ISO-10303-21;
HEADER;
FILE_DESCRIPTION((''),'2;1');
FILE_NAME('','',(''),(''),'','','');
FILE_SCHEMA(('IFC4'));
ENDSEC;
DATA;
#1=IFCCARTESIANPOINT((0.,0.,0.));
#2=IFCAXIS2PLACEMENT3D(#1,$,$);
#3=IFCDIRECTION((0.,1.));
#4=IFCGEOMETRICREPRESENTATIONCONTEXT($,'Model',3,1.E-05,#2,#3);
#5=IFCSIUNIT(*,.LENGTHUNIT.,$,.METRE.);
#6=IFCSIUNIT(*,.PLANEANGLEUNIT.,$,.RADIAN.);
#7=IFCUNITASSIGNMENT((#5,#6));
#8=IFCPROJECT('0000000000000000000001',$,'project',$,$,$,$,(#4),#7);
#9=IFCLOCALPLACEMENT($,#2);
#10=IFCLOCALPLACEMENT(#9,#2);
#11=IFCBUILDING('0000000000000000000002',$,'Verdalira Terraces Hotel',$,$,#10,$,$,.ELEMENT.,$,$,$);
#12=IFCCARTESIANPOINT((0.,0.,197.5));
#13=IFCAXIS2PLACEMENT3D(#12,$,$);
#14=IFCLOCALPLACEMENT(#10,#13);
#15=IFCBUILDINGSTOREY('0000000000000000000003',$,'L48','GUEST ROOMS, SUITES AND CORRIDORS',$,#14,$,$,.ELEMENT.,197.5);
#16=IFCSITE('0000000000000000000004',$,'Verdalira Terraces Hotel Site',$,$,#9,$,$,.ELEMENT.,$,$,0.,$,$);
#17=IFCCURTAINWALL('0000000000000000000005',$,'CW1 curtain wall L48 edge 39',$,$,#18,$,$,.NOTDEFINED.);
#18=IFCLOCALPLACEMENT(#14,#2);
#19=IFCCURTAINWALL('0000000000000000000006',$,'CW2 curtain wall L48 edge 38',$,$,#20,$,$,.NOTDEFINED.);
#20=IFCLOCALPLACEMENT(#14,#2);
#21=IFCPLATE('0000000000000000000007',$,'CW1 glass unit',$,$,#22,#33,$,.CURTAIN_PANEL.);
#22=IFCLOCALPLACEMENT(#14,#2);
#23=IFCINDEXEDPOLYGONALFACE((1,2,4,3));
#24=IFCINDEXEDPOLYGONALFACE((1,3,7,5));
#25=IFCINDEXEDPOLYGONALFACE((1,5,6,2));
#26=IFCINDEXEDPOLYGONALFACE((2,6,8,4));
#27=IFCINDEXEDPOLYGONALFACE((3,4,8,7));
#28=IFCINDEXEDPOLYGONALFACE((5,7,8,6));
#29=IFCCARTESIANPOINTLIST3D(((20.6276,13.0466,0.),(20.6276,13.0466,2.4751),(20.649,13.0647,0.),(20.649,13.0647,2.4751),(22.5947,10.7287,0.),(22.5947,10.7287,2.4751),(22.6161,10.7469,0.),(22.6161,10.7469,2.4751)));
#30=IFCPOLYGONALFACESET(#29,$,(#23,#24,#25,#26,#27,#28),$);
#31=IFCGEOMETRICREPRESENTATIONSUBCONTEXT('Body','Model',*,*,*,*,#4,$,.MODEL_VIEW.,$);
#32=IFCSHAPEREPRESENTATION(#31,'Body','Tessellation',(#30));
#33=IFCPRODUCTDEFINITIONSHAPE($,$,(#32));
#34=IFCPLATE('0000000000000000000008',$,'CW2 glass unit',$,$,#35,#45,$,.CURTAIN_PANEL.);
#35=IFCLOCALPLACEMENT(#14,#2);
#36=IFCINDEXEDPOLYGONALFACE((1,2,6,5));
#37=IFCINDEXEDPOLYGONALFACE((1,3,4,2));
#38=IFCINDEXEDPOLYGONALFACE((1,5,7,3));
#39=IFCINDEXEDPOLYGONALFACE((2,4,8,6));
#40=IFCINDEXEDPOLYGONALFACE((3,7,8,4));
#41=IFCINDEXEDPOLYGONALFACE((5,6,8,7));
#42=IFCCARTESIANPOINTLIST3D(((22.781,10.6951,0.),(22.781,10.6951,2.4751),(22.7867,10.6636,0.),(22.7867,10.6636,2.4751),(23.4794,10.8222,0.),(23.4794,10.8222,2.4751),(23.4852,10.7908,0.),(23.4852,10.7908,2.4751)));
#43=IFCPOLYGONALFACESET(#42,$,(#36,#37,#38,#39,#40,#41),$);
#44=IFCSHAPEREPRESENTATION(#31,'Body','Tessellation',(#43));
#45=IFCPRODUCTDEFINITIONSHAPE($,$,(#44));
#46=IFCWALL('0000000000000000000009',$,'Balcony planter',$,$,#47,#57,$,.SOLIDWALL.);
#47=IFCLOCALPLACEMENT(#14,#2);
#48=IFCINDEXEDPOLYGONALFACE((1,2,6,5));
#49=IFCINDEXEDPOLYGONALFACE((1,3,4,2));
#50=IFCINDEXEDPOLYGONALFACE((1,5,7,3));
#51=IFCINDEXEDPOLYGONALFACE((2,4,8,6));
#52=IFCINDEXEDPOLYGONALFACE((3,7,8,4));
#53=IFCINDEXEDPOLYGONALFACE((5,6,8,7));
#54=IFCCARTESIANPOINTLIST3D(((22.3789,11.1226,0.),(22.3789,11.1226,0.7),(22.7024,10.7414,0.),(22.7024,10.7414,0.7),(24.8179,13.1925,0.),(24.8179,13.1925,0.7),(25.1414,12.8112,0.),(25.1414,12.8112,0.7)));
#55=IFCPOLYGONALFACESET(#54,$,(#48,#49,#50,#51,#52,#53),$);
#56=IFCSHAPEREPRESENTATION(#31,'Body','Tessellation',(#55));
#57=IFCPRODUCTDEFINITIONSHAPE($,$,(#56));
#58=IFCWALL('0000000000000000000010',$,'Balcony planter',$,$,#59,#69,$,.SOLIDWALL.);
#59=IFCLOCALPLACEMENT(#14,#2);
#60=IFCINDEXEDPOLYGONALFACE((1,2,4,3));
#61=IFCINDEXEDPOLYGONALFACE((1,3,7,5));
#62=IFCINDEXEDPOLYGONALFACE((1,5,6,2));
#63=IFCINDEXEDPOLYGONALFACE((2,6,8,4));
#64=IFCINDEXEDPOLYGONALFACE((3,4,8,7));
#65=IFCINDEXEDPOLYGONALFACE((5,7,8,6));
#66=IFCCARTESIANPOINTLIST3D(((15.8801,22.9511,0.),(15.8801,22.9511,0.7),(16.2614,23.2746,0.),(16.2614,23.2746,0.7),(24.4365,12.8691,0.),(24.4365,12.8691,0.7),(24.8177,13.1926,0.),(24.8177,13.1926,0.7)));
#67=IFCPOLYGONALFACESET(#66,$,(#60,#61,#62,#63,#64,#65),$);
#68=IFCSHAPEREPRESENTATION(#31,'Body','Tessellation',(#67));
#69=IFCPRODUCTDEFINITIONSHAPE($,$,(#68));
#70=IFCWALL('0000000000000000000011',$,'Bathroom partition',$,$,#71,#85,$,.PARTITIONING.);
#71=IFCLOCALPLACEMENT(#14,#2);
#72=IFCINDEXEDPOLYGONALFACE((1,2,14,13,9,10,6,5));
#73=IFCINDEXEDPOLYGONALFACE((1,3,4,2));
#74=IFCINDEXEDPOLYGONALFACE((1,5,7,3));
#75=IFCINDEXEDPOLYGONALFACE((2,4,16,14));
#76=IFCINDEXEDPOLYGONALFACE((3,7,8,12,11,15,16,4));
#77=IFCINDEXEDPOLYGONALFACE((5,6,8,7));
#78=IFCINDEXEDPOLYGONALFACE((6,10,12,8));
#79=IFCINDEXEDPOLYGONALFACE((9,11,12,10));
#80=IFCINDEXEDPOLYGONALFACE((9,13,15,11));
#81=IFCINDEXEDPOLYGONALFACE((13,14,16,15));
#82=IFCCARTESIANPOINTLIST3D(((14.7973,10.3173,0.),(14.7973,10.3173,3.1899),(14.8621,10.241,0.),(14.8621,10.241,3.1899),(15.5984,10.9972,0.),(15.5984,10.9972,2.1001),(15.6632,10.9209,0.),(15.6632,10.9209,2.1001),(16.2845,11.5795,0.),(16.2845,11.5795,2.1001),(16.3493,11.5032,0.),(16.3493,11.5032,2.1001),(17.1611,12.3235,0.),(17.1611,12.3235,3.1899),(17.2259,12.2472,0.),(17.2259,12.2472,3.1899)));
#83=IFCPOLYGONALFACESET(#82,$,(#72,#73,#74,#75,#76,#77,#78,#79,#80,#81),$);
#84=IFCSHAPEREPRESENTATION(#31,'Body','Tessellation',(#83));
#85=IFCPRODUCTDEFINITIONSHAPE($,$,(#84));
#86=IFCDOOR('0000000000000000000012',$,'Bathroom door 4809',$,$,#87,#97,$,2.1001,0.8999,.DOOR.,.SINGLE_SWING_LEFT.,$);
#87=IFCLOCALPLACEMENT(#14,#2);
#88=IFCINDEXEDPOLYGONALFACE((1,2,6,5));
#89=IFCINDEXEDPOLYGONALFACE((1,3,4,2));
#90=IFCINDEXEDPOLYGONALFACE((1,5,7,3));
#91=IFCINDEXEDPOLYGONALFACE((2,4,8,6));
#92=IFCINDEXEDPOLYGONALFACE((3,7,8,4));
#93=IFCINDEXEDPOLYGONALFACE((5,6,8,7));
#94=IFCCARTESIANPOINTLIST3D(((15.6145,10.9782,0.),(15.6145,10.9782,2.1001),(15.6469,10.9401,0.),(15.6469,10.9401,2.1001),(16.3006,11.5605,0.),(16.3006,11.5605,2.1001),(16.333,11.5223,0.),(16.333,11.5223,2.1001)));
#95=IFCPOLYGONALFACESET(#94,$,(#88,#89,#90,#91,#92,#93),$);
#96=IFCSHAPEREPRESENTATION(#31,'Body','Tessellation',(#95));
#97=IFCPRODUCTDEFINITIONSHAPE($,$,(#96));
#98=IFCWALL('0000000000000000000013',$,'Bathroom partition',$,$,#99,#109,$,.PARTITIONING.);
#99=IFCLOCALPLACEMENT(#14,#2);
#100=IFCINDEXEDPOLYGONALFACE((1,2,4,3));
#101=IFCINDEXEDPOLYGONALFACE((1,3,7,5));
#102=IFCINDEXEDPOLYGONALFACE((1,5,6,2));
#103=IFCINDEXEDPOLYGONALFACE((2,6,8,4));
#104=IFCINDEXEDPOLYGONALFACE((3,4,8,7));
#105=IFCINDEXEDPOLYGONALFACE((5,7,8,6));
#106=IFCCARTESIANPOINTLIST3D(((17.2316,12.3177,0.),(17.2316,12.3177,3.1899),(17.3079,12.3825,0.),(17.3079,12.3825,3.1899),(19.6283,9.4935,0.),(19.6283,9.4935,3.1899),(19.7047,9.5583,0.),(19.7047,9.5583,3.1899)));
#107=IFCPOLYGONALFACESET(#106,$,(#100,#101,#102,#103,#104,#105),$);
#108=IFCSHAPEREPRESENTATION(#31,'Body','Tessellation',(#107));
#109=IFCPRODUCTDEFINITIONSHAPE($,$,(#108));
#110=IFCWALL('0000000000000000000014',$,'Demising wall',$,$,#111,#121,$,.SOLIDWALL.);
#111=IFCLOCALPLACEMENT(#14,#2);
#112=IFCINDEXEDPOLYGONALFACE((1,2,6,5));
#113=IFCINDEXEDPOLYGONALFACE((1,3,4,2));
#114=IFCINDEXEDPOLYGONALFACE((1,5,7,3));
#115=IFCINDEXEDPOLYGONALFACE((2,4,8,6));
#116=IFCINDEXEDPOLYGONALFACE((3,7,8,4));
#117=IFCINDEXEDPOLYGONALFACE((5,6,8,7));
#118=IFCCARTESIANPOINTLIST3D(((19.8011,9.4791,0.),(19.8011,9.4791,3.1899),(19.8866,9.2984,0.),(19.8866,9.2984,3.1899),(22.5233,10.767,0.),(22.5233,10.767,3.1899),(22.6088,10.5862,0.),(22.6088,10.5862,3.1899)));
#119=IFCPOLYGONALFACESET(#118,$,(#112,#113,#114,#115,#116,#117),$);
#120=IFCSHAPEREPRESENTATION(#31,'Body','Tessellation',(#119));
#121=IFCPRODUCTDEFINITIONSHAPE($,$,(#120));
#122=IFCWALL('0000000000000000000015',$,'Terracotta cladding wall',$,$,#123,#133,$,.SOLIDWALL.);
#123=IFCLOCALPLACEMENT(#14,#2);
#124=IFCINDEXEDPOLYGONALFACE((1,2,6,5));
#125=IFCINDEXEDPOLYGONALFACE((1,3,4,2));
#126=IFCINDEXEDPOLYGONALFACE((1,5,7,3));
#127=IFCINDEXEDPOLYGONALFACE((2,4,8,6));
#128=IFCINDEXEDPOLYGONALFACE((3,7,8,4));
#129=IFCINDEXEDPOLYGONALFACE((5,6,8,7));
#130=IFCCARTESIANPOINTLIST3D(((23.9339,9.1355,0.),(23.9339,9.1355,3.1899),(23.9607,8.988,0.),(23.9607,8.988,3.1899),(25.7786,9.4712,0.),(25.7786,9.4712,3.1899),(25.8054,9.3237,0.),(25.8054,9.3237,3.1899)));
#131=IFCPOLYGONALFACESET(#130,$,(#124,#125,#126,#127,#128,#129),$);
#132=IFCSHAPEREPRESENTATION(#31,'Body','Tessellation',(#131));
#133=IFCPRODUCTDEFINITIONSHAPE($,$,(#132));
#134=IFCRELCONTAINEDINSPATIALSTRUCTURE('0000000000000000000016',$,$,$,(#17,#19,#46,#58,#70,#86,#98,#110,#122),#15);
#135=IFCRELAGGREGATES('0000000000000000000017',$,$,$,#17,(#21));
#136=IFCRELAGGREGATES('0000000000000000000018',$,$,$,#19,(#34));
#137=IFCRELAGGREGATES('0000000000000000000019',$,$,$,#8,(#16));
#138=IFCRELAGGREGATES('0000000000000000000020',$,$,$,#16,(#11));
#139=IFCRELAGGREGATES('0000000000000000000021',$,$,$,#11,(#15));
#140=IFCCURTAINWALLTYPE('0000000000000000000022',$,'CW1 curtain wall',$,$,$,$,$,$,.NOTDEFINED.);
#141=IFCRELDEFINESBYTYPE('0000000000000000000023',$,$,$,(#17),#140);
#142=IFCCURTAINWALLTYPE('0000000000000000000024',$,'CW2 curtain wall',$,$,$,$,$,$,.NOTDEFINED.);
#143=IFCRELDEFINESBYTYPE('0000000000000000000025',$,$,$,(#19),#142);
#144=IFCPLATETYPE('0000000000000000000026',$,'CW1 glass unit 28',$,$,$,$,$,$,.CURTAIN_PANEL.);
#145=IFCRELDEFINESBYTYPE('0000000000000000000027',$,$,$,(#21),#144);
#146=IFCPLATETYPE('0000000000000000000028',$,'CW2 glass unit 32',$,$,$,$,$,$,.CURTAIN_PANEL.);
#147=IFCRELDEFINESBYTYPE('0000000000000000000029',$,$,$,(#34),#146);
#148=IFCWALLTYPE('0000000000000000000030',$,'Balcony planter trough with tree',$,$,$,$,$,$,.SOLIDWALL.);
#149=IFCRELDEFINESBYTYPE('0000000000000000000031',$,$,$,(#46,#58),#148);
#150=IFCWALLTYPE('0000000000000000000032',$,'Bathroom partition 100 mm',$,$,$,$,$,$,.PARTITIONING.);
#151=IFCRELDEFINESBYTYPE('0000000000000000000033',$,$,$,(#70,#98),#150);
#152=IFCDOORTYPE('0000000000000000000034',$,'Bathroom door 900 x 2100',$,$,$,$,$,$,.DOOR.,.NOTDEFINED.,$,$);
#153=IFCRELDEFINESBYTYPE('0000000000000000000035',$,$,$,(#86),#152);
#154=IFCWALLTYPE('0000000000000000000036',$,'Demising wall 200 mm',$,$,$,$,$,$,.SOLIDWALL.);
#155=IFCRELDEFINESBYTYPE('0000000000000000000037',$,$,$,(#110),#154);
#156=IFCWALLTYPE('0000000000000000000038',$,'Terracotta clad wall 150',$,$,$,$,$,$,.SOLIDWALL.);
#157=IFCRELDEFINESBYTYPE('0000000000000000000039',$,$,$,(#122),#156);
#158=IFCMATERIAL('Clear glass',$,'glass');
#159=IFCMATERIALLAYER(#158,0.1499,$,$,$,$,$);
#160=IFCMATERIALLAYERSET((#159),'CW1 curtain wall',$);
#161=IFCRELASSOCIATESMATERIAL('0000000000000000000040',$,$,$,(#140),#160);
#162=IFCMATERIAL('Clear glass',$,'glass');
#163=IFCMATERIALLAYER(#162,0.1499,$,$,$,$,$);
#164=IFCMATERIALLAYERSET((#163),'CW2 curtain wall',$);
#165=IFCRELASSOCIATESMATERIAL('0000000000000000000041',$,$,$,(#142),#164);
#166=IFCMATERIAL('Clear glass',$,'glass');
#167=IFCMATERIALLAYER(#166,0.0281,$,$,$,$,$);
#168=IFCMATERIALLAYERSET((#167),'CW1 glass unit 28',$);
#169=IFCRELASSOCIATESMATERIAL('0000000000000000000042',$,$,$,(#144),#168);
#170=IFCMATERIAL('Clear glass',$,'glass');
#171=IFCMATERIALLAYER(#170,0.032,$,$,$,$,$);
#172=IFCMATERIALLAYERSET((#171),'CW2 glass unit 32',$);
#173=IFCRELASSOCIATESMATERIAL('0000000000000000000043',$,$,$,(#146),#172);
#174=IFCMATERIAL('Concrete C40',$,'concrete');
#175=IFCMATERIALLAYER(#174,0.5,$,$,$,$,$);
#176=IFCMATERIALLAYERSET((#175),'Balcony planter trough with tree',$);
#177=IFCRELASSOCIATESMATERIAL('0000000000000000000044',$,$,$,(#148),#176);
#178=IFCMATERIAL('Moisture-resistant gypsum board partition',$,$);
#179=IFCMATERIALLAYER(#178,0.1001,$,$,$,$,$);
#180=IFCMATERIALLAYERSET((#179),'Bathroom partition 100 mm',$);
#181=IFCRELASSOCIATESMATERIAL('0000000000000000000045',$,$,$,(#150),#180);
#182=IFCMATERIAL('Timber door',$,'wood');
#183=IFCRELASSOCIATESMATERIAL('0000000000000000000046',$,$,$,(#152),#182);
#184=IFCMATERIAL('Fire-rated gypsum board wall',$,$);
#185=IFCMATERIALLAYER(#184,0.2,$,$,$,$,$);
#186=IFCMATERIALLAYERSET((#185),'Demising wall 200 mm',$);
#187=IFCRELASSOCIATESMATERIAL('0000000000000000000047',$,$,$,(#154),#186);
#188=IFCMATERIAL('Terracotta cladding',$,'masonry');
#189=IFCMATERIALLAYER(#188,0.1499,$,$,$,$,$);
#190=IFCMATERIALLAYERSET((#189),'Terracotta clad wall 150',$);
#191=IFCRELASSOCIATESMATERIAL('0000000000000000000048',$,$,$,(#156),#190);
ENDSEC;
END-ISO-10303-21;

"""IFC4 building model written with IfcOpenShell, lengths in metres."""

from ifc_helpers import new_model, si_unit, direction, frame, frame_2d, origin, origin_2d, place, context, subcontext, project, spatial, rectangle, extrude, material, layer, layer_set, type_object, element, fill, aggregate, save


model = new_model("IFC4")

# Units and contexts
model_context = context("Model", 3, precision=1e-05, world=origin(), true_north=direction((0.0, 1.0)))
body_context = subcontext(model_context, "Body", "Model", "MODEL_VIEW")
ifc_project = project(units=[si_unit("LENGTHUNIT", "METRE"), si_unit("PLANEANGLEUNIT", "RADIAN")], contexts=[model_context])

# Site, building, storey
site_placement = place(None, origin())
site = spatial("IfcSite", under=ifc_project, at=site_placement, Name="Verdalira Terraces Hotel Site", CompositionType="ELEMENT", RefElevation=0.0)
building_placement = place(site_placement, origin())
building = spatial("IfcBuilding", under=site, at=building_placement, Name="Verdalira Terraces Hotel", CompositionType="ELEMENT")
storey_placement = place(building_placement, frame((0.0, 0.0, 197.5)))
storey = spatial("IfcBuildingStorey", under=building, at=storey_placement, Name="L48", Description="GUEST ROOMS, SUITES AND CORRIDORS", CompositionType="ELEMENT", Elevation=197.5)

# Curtain walls
ifc_material_1 = material(Name="Clear glass", Category="glass")
ifc_layer_1 = layer(ifc_material_1, 0.1499)
ifc_layer_set_1 = layer_set([ifc_layer_1], Name="CW1 curtain wall")
curtain_wall_type_1 = type_object("IfcCurtainWallType", Name="CW1 curtain wall", PredefinedType="NOTDEFINED", material=ifc_layer_set_1)
curtain_wall_1_placement = place(storey_placement, origin())
curtain_wall_1 = element("IfcCurtainWall", 1, at=curtain_wall_1_placement, inside=storey, type_object=curtain_wall_type_1, Name="CW1 curtain wall L48 edge 39", PredefinedType="NOTDEFINED")
ifc_material_2 = material(Name="Clear glass", Category="glass")
ifc_layer_2 = layer(ifc_material_2, 0.1499)
ifc_layer_set_2 = layer_set([ifc_layer_2], Name="CW2 curtain wall")
curtain_wall_type_2 = type_object("IfcCurtainWallType", Name="CW2 curtain wall", PredefinedType="NOTDEFINED", material=ifc_layer_set_2)
curtain_wall_2_placement = place(storey_placement, origin())
curtain_wall_2 = element("IfcCurtainWall", 2, at=curtain_wall_2_placement, inside=storey, type_object=curtain_wall_type_2, Name="CW2 curtain wall L48 edge 38", PredefinedType="NOTDEFINED")

# Plates
ifc_material_3 = material(Name="Clear glass", Category="glass")
ifc_layer_3 = layer(ifc_material_3, 0.0281)
ifc_layer_set_3 = layer_set([ifc_layer_3], Name="CW1 glass unit 28")
plate_type_1 = type_object("IfcPlateType", Name="CW1 glass unit 28", PredefinedType="CURTAIN_PANEL", material=ifc_layer_set_3)
plate_1_placement = place(storey_placement, frame((21.6218, 11.8967, 0.0), z_axis=(0.0, 0.0, 1.0), x_axis=(-0.647056, 0.762443, 0.0)))
plate_1 = element("IfcPlate", 3, at=plate_1_placement, type_object=plate_type_1, Name="CW1 glass unit", PredefinedType="CURTAIN_PANEL", context=body_context, shape_type="SweptSolid", body=[
    extrude(rectangle(XDim=3.04, YDim=0.0281, at=origin_2d()), origin(), (0.0, 0.0, 1.0), 2.4751),
])
aggregate(curtain_wall_1, [plate_1])
ifc_material_4 = material(Name="Clear glass", Category="glass")
ifc_layer_4 = layer(ifc_material_4, 0.032)
ifc_layer_set_4 = layer_set([ifc_layer_4], Name="CW2 glass unit 32")
plate_type_2 = type_object("IfcPlateType", Name="CW2 glass unit 32", PredefinedType="CURTAIN_PANEL", material=ifc_layer_set_4)
plate_2_placement = place(storey_placement, frame((23.1331, 10.7429, 0.0), z_axis=(0.0, 0.0, 1.0), x_axis=(-0.983823, -0.179146, 0.0)))
plate_2 = element("IfcPlate", 4, at=plate_2_placement, type_object=plate_type_2, Name="CW2 glass unit", PredefinedType="CURTAIN_PANEL", context=body_context, shape_type="SweptSolid", body=[
    extrude(rectangle(XDim=0.71, YDim=0.032, at=origin_2d()), origin(), (0.0, 0.0, 1.0), 2.4751),
])
aggregate(curtain_wall_2, [plate_2])

# Walls
ifc_material_5 = material(Name="Concrete C40", Category="concrete")
ifc_layer_5 = layer(ifc_material_5, 0.5)
ifc_layer_set_5 = layer_set([ifc_layer_5], Name="Balcony planter trough with tree")
wall_type_1 = type_object("IfcWallType", Name="Balcony planter trough with tree", PredefinedType="SOLIDWALL", material=ifc_layer_set_5)
wall_1_placement = place(storey_placement, frame((22.5405, 10.9319, 0.0), z_axis=(0.0, 0.0, 1.0), x_axis=(0.762448, 0.64705, 0.0)))
element("IfcWall", 5, at=wall_1_placement, inside=storey, type_object=wall_type_1, Name="Balcony planter", PredefinedType="SOLIDWALL", context=body_context, shape_type="SweptSolid", body=[
    extrude(rectangle(XDim=3.199, YDim=0.5, at=frame_2d((1.5996, 0.0))), origin(), (0.0, 0.0, 1.0), 0.7),
])
wall_2_placement = place(storey_placement, frame((24.6272, 13.0308, 0.0), z_axis=(0.0, 0.0, 1.0), x_axis=(-0.647063, 0.762437, 0.0)))
element("IfcWall", 6, at=wall_2_placement, inside=storey, type_object=wall_type_1, Name="Balcony planter", PredefinedType="SOLIDWALL", context=body_context, shape_type="SweptSolid", body=[
    extrude(rectangle(XDim=13.2234, YDim=0.5, at=frame_2d((6.6118, 0.0))), origin(), (0.0, 0.0, 1.0), 0.7),
])

# Wall, opening, door
ifc_material_6 = material(Name="Moisture-resistant gypsum board partition")
ifc_layer_6 = layer(ifc_material_6, 0.1001)
ifc_layer_set_6 = layer_set([ifc_layer_6], Name="Bathroom partition 100 mm")
wall_type_2 = type_object("IfcWallType", Name="Bathroom partition 100 mm", PredefinedType="PARTITIONING", material=ifc_layer_set_6)
wall_3_placement = place(storey_placement, frame((17.1936, 12.2854, 0.0), z_axis=(0.0, 0.0, 1.0), x_axis=(-0.762433, -0.647068, 0.0)))
wall_3 = element("IfcWall", 7, at=wall_3_placement, inside=storey, type_object=wall_type_2, Name="Bathroom partition", PredefinedType="PARTITIONING", context=body_context, shape_type="SweptSolid", body=[
    extrude(rectangle(XDim=3.1003, YDim=0.1001, at=frame_2d((1.5503, 0.0))), origin(), (0.0, 0.0, 1.0), 3.1899),
])
opening_1_placement = place(wall_3_placement, frame((1.1499, 0.0, 0.0)))
opening_1 = element("IfcOpeningElement", 8, at=opening_1_placement, cuts=wall_3, PredefinedType="OPENING", context=body_context, shape_type="SweptSolid", body=[
    extrude(rectangle(XDim=0.8999, YDim=2.1001, at=frame_2d((0.45, 1.05))), frame((0.0, 0.0601, 0.0), z_axis=(0.0, -1.0, 0.0), x_axis=(1.0, 0.0, 0.0)), (0.0, 0.0, 1.0), 0.1201),
])
ifc_material_7 = material(Name="Timber door", Category="wood")
door_type_1 = type_object("IfcDoorType", Name="Bathroom door 900 x 2100", OperationType="NOTDEFINED", PredefinedType="DOOR", material=ifc_material_7)
door_1_placement = place(opening_1_placement, origin())
door_1 = element("IfcDoor", 9, at=door_1_placement, inside=storey, type_object=door_type_1, Name="Bathroom door 4809", OperationType="SINGLE_SWING_LEFT", OverallHeight=2.1001, OverallWidth=0.8999, PredefinedType="DOOR", context=body_context, shape_type="SweptSolid", body=[
    extrude(rectangle(XDim=0.8999, YDim=2.1001, at=frame_2d((0.45, 1.05))), frame((0.0, 0.0249, 0.0), z_axis=(0.0, -1.0, 0.0), x_axis=(1.0, 0.0, 0.0)), (0.0, 0.0, 1.0), 0.05),
])
fill(opening_1, door_1)

# Walls
wall_4_placement = place(storey_placement, frame((17.2698, 12.3501, 0.0), z_axis=(0.0, 0.0, 1.0), x_axis=(0.647044, -0.762453, 0.0)))
element("IfcWall", 10, at=wall_4_placement, inside=storey, type_object=wall_type_2, Name="Bathroom partition", PredefinedType="PARTITIONING", context=body_context, shape_type="SweptSolid", body=[
    extrude(rectangle(XDim=3.7041, YDim=0.1001, at=frame_2d((1.8521, 0.0))), origin(), (0.0, 0.0, 1.0), 3.1899),
])
ifc_material_8 = material(Name="Fire-rated gypsum board wall")
ifc_layer_7 = layer(ifc_material_8, 0.2)
ifc_layer_set_7 = layer_set([ifc_layer_7], Name="Demising wall 200 mm")
wall_type_3 = type_object("IfcWallType", Name="Demising wall 200 mm", PredefinedType="SOLIDWALL", material=ifc_layer_set_7)
wall_5_placement = place(storey_placement, frame((19.8438, 9.3887, 0.0), z_axis=(0.0, 0.0, 1.0), x_axis=(0.903944, 0.427651, 0.0)))
element("IfcWall", 11, at=wall_5_placement, inside=storey, type_object=wall_type_3, Name="Demising wall", PredefinedType="SOLIDWALL", context=body_context, shape_type="SweptSolid", body=[
    extrude(rectangle(XDim=3.0115, YDim=0.2, at=frame_2d((1.5059, 0.0))), origin(), (0.0, 0.0, 1.0), 3.1899),
])
ifc_material_9 = material(Name="Terracotta cladding", Category="masonry")
ifc_layer_8 = layer(ifc_material_9, 0.1499)
ifc_layer_set_8 = layer_set([ifc_layer_8], Name="Terracotta clad wall 150")
wall_type_4 = type_object("IfcWallType", Name="Terracotta clad wall 150", PredefinedType="SOLIDWALL", material=ifc_layer_set_8)
wall_6_placement = place(storey_placement, frame((25.792, 9.3975, 0.0), z_axis=(0.0, 0.0, 1.0), x_axis=(-0.983843, -0.179034, 0.0)))
element("IfcWall", 12, at=wall_6_placement, inside=storey, type_object=wall_type_4, Name="Terracotta cladding wall", PredefinedType="SOLIDWALL", context=body_context, shape_type="SweptSolid", body=[
    extrude(rectangle(XDim=1.875, YDim=0.1499, at=frame_2d((0.9375, 0.0))), origin(), (0.0, 0.0, 1.0), 3.1899),
])

save(model, "model.ifc")
